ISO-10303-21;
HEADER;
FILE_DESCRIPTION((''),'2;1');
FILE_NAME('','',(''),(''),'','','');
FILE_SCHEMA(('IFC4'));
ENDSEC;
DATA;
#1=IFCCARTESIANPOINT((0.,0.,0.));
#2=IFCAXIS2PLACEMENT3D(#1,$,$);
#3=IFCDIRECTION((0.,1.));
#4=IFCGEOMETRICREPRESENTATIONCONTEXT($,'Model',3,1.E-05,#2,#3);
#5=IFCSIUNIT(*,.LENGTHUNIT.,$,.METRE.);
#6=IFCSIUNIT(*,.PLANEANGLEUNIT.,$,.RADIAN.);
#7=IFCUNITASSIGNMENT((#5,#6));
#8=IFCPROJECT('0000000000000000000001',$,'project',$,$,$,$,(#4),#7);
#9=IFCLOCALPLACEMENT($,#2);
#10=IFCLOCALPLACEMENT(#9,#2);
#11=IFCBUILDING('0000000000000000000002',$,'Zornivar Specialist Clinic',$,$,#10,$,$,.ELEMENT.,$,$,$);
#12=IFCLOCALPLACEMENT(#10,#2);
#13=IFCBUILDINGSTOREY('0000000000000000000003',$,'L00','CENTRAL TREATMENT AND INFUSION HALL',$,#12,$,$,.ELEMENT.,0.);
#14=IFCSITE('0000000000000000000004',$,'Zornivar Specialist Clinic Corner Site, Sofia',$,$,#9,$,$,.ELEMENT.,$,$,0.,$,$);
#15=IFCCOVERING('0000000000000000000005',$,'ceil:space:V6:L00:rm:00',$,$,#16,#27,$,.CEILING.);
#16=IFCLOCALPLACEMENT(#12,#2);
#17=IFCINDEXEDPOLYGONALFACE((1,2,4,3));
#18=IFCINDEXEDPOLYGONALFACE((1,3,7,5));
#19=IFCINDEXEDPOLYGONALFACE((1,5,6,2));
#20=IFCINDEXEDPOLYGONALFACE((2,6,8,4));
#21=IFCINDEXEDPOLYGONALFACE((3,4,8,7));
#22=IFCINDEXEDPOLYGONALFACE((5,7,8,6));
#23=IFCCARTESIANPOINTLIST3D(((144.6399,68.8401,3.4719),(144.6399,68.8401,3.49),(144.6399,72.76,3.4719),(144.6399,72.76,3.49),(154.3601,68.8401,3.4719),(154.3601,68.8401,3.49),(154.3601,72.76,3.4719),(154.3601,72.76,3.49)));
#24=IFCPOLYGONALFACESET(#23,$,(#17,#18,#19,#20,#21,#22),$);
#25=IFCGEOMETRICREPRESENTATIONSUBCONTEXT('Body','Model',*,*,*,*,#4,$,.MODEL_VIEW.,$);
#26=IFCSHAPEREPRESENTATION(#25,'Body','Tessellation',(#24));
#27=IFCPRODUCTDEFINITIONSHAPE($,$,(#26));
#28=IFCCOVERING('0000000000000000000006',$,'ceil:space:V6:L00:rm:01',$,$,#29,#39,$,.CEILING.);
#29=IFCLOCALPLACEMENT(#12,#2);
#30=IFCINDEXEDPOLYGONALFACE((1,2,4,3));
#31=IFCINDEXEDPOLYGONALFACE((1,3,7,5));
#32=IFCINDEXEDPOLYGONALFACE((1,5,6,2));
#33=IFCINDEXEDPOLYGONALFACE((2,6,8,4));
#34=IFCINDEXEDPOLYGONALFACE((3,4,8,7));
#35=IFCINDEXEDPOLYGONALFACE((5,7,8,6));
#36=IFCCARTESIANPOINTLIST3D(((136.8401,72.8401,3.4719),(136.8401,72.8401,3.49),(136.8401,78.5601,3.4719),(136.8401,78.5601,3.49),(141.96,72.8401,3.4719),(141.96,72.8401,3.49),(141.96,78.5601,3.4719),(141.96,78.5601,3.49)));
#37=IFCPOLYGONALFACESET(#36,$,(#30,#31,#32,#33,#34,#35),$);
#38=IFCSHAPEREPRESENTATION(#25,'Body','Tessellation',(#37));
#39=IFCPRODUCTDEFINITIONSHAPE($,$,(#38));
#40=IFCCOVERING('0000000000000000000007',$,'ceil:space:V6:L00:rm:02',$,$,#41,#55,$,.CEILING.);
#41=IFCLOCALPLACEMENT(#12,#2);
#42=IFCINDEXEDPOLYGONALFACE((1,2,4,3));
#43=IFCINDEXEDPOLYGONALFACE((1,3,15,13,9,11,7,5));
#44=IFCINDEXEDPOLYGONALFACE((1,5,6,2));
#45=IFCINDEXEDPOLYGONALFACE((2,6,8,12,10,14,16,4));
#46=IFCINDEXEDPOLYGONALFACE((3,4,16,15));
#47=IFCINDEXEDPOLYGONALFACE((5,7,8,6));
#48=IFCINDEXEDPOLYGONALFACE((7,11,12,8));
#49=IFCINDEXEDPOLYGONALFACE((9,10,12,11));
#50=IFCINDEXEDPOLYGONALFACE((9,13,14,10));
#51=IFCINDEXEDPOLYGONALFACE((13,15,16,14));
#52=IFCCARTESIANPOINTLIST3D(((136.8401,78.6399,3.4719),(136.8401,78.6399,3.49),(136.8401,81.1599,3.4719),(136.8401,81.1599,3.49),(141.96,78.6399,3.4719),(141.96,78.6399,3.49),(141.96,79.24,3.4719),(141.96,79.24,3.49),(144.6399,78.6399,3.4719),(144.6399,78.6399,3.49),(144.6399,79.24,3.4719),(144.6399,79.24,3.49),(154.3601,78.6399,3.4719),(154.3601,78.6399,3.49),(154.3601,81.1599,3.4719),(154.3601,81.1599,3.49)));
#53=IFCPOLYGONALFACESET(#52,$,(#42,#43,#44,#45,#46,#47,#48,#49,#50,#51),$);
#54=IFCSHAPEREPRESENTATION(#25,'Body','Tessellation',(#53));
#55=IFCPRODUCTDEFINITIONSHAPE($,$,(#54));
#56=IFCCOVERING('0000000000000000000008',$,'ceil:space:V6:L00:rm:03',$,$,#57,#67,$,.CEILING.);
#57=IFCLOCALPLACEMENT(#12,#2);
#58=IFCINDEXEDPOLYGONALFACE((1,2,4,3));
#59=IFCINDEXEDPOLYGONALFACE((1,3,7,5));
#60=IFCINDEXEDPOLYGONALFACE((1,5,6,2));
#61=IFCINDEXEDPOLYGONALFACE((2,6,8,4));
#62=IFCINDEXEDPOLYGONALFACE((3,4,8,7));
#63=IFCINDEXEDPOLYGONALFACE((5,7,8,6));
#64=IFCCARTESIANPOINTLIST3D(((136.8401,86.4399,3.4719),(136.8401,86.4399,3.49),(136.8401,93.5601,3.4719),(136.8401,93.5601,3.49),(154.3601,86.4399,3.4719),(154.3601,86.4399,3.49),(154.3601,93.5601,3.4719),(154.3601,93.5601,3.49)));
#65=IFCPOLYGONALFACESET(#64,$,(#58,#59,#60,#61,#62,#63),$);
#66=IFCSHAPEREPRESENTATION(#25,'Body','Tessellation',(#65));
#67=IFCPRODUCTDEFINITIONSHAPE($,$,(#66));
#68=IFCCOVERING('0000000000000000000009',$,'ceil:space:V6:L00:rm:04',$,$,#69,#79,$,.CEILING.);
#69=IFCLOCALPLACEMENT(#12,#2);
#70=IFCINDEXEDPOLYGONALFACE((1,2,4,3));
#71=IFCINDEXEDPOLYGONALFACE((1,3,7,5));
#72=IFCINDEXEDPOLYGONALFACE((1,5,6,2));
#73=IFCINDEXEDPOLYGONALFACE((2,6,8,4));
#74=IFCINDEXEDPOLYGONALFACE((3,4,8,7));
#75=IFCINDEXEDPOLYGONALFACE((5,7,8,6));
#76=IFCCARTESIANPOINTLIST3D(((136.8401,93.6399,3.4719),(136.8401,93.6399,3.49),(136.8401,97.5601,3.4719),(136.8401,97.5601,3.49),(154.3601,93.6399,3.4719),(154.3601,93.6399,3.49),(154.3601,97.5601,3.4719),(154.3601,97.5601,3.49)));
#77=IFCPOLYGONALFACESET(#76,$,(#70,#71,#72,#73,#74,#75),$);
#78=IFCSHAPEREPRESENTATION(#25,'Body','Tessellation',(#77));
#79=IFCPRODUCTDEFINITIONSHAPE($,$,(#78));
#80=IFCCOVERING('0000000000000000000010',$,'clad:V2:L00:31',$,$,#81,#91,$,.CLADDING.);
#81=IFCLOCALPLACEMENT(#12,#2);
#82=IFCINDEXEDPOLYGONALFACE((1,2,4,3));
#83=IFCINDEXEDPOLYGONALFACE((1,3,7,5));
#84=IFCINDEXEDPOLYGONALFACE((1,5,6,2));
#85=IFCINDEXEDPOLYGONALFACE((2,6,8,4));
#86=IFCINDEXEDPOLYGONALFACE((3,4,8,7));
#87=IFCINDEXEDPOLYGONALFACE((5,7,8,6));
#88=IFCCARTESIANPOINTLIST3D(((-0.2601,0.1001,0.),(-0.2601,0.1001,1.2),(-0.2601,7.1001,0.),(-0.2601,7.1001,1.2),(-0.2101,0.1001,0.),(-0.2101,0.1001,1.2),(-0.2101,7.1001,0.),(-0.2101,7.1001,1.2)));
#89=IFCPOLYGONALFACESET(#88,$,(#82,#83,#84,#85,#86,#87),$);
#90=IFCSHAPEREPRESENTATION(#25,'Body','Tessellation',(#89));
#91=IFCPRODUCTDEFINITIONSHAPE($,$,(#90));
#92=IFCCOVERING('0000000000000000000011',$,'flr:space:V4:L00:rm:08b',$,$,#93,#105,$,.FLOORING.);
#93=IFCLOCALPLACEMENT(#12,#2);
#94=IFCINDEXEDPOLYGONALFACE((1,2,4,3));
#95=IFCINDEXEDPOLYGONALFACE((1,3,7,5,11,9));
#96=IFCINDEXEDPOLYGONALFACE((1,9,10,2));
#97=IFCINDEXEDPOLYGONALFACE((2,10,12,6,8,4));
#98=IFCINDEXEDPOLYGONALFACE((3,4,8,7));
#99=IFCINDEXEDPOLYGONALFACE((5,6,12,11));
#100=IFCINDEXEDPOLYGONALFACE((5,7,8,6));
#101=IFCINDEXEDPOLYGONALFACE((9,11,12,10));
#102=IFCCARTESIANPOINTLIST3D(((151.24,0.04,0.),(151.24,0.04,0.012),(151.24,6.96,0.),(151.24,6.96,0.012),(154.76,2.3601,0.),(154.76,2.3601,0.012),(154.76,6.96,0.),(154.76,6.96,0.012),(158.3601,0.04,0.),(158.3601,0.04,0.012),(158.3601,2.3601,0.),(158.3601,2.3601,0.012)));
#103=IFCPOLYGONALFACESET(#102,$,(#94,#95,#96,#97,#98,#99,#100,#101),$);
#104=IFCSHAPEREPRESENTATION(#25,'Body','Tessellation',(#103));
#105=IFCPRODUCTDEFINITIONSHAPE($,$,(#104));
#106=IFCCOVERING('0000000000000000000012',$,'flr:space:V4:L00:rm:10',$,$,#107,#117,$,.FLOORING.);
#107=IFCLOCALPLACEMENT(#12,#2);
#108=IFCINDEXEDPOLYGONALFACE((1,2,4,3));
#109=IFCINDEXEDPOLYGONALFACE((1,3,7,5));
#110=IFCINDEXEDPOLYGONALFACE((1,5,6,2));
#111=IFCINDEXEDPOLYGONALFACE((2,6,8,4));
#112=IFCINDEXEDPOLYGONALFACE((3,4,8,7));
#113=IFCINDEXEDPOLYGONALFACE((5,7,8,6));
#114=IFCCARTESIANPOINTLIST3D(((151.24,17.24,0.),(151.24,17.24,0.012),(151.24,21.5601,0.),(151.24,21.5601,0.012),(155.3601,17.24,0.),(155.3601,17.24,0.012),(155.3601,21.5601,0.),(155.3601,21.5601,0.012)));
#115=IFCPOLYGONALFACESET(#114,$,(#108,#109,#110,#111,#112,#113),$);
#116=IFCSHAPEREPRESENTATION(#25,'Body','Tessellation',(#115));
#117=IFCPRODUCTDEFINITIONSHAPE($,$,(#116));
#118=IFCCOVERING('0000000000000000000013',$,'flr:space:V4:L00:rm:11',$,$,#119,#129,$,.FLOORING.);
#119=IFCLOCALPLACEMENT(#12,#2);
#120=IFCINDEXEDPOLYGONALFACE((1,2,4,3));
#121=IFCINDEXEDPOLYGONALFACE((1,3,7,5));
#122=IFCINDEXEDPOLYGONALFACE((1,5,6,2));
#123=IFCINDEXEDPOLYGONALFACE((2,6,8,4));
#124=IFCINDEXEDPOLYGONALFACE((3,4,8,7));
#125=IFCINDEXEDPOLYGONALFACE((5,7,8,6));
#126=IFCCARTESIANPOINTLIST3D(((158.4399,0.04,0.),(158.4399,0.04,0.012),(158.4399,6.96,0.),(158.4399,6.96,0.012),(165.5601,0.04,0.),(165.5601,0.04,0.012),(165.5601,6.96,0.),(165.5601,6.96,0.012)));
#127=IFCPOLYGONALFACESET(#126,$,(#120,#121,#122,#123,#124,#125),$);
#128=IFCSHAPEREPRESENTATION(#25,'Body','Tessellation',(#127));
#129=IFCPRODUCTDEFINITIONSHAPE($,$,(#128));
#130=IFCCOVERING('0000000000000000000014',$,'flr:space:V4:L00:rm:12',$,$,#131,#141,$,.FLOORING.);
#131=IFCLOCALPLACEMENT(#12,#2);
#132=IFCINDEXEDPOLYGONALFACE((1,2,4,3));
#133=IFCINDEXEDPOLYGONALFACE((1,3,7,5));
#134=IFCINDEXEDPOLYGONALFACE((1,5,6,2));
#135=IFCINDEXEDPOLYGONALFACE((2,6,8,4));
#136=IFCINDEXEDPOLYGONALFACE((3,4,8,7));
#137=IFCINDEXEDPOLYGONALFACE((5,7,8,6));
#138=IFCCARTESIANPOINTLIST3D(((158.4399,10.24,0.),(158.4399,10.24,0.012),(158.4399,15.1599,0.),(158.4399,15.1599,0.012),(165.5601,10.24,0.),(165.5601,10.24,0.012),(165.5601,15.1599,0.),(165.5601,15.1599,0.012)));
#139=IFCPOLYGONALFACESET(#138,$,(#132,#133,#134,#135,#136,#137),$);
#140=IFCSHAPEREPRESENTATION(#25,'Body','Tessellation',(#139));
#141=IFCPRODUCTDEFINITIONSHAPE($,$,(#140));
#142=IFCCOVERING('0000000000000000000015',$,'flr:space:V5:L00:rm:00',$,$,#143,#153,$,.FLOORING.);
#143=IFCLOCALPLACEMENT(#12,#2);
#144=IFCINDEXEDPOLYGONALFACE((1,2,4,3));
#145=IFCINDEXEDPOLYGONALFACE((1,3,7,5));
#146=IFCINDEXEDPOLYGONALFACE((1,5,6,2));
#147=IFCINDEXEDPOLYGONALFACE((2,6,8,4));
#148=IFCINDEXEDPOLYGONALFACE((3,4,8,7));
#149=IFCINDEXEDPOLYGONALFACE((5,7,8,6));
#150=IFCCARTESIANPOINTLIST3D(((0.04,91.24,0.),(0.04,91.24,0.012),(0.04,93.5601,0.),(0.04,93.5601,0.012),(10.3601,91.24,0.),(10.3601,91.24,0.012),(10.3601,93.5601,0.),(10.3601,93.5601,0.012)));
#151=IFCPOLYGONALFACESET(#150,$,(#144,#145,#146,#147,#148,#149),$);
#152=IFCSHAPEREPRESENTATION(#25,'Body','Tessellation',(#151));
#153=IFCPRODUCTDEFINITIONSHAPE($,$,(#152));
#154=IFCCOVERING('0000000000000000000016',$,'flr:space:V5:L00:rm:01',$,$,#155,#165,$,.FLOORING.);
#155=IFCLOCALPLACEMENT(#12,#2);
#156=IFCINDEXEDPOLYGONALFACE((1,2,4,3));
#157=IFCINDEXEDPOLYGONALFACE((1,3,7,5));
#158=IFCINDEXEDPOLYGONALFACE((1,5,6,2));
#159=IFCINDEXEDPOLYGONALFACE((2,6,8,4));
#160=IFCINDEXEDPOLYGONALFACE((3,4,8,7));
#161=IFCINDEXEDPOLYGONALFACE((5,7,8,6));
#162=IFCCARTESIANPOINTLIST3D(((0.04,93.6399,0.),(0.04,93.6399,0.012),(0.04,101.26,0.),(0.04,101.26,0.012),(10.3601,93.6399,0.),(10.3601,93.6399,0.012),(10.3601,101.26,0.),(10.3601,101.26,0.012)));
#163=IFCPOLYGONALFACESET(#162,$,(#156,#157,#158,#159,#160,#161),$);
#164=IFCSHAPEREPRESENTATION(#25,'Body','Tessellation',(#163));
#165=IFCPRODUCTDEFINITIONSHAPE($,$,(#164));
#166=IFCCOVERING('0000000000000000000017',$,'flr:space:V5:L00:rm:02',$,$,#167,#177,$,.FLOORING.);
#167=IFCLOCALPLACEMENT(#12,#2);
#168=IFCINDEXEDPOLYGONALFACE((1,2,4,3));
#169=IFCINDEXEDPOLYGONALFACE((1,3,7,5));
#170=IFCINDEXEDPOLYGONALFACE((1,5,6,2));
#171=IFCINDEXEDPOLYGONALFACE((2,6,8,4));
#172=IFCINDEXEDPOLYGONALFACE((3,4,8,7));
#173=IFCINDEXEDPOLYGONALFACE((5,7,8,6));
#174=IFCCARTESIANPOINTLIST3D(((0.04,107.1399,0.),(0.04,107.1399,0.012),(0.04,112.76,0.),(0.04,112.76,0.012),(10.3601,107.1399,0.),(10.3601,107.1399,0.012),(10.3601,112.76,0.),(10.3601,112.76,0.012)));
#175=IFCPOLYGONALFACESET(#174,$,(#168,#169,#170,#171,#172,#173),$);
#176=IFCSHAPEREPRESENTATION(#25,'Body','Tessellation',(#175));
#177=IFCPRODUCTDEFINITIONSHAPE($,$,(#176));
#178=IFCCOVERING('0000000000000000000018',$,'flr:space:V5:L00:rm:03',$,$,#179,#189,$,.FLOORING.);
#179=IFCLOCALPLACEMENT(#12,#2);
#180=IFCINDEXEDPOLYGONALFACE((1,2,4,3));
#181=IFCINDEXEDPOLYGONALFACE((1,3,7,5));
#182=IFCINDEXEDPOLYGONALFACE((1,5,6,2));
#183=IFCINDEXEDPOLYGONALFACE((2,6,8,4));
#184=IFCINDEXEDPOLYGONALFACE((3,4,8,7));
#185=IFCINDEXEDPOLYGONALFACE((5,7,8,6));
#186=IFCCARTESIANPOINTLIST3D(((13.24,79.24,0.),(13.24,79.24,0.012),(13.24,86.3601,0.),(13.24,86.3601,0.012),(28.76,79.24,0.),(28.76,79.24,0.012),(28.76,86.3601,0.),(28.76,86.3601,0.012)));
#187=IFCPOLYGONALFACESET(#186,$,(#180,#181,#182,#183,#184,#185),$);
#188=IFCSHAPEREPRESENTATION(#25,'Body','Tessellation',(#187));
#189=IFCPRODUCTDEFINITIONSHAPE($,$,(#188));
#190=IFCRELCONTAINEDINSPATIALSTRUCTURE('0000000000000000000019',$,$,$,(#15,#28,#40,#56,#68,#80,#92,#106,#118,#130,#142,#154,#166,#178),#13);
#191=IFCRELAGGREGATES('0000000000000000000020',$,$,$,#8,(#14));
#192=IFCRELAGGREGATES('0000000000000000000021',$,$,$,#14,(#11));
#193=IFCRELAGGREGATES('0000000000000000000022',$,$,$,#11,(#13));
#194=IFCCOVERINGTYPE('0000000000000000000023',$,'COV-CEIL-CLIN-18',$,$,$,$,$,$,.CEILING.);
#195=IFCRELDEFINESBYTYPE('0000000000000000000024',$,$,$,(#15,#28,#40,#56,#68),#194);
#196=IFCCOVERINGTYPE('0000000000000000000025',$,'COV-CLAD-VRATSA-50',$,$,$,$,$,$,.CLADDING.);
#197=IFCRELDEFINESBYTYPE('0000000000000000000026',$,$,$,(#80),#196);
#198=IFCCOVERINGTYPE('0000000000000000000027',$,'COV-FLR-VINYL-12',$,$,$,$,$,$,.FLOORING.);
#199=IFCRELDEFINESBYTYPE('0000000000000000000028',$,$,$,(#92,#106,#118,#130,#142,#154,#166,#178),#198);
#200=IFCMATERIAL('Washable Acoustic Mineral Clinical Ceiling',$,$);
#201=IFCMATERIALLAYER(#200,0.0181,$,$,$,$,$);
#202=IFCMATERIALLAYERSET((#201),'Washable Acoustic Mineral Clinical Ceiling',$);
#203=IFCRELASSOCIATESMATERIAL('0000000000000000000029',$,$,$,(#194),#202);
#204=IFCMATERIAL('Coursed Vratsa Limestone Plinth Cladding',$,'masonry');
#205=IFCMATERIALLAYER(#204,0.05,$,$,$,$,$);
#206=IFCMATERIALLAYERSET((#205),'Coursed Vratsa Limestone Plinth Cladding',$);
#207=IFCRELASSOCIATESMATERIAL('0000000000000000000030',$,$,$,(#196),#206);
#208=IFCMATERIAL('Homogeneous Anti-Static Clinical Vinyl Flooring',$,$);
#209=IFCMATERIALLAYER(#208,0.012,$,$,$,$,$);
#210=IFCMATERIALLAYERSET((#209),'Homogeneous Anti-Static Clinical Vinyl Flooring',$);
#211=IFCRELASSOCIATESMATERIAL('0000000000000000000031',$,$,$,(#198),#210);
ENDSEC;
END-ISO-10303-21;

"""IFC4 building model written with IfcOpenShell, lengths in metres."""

from ifc_helpers import new_model, si_unit, direction, frame, origin, origin_2d, place, context, subcontext, project, spatial, polyline, rectangle, outline, extrude, material, layer, layer_set, type_object, element, save


model = new_model("IFC4")

# Units and contexts
model_context = context("Model", 3, precision=1e-05, world=origin(), true_north=direction((0.0, 1.0)))
body_context = subcontext(model_context, "Body", "Model", "MODEL_VIEW")
ifc_project = project(units=[si_unit("LENGTHUNIT", "METRE"), si_unit("PLANEANGLEUNIT", "RADIAN")], contexts=[model_context])

# Site, building, storey
site_placement = place(None, origin())
site = spatial("IfcSite", under=ifc_project, at=site_placement, Name="Zornivar Specialist Clinic Corner Site, Sofia", CompositionType="ELEMENT", RefElevation=0.0)
building_placement = place(site_placement, origin())
building = spatial("IfcBuilding", under=site, at=building_placement, Name="Zornivar Specialist Clinic", CompositionType="ELEMENT")
storey_placement = place(building_placement, origin())
storey = spatial("IfcBuildingStorey", under=building, at=storey_placement, Name="L00", Description="CENTRAL TREATMENT AND INFUSION HALL", CompositionType="ELEMENT", Elevation=0.0)

# Coverings
ifc_material_1 = material(Name="Washable Acoustic Mineral Clinical Ceiling")
ifc_layer_1 = layer(ifc_material_1, 0.0181)
ifc_layer_set_1 = layer_set([ifc_layer_1], Name="Washable Acoustic Mineral Clinical Ceiling")
covering_type_1 = type_object("IfcCoveringType", Name="COV-CEIL-CLIN-18", PredefinedType="CEILING", material=ifc_layer_set_1)
covering_1_placement = place(storey_placement, frame((0.0, 0.0, 3.4719)))
element("IfcCovering", 1, at=covering_1_placement, inside=storey, type_object=covering_type_1, Name="ceil:space:V6:L00:rm:00", PredefinedType="CEILING", context=body_context, shape_type="SweptSolid", body=[
    extrude(outline(polyline([(144.6399, 68.8401), (144.6399, 72.76), (154.3601, 72.76), (154.3601, 68.8401), (144.6399, 68.8401)])), origin(), (0.0, 0.0, 1.0), 0.0181),
])
covering_2_placement = place(storey_placement, frame((0.0, 0.0, 3.4719)))
element("IfcCovering", 2, at=covering_2_placement, inside=storey, type_object=covering_type_1, Name="ceil:space:V6:L00:rm:01", PredefinedType="CEILING", context=body_context, shape_type="SweptSolid", body=[
    extrude(outline(polyline([(136.8401, 72.8401), (136.8401, 78.5601), (141.96, 78.5601), (141.96, 72.8401), (136.8401, 72.8401)])), origin(), (0.0, 0.0, 1.0), 0.0181),
])
covering_3_placement = place(storey_placement, frame((0.0, 0.0, 3.4719)))
element("IfcCovering", 3, at=covering_3_placement, inside=storey, type_object=covering_type_1, Name="ceil:space:V6:L00:rm:02", PredefinedType="CEILING", context=body_context, shape_type="SweptSolid", body=[
    extrude(outline(polyline([(154.3601, 78.6399), (144.6399, 78.6399), (144.6399, 79.24), (141.96, 79.24), (141.96, 78.6399), (136.8401, 78.6399), (136.8401, 81.1599), (154.3601, 81.1599), (154.3601, 78.6399)])), origin(), (0.0, 0.0, 1.0), 0.0181),
])
covering_4_placement = place(storey_placement, frame((0.0, 0.0, 3.4719)))
element("IfcCovering", 4, at=covering_4_placement, inside=storey, type_object=covering_type_1, Name="ceil:space:V6:L00:rm:03", PredefinedType="CEILING", context=body_context, shape_type="SweptSolid", body=[
    extrude(outline(polyline([(136.8401, 86.4399), (136.8401, 93.5601), (154.3601, 93.5601), (154.3601, 86.4399), (136.8401, 86.4399)])), origin(), (0.0, 0.0, 1.0), 0.0181),
])
covering_5_placement = place(storey_placement, frame((0.0, 0.0, 3.4719)))
element("IfcCovering", 5, at=covering_5_placement, inside=storey, type_object=covering_type_1, Name="ceil:space:V6:L00:rm:04", PredefinedType="CEILING", context=body_context, shape_type="SweptSolid", body=[
    extrude(outline(polyline([(136.8401, 93.6399), (136.8401, 97.5601), (154.3601, 97.5601), (154.3601, 93.6399), (136.8401, 93.6399)])), origin(), (0.0, 0.0, 1.0), 0.0181),
])
ifc_material_2 = material(Name="Coursed Vratsa Limestone Plinth Cladding", Category="masonry")
ifc_layer_2 = layer(ifc_material_2, 0.05)
ifc_layer_set_2 = layer_set([ifc_layer_2], Name="Coursed Vratsa Limestone Plinth Cladding")
covering_type_2 = type_object("IfcCoveringType", Name="COV-CLAD-VRATSA-50", PredefinedType="CLADDING", material=ifc_layer_set_2)
covering_6_placement = place(storey_placement, frame((-0.2351, 3.6001, 0.0), z_axis=(0.0, 0.0, 1.0), x_axis=(0.0, -1.0, 0.0)))
element("IfcCovering", 6, at=covering_6_placement, inside=storey, type_object=covering_type_2, Name="clad:V2:L00:31", PredefinedType="CLADDING", context=body_context, shape_type="SweptSolid", body=[
    extrude(rectangle(XDim=7.0, YDim=0.05, at=origin_2d()), origin(), (0.0, 0.0, 1.0), 1.2),
])
ifc_material_3 = material(Name="Homogeneous Anti-Static Clinical Vinyl Flooring")
ifc_layer_3 = layer(ifc_material_3, 0.012)
ifc_layer_set_3 = layer_set([ifc_layer_3], Name="Homogeneous Anti-Static Clinical Vinyl Flooring")
covering_type_3 = type_object("IfcCoveringType", Name="COV-FLR-VINYL-12", PredefinedType="FLOORING", material=ifc_layer_set_3)
covering_7_placement = place(storey_placement, origin())
element("IfcCovering", 7, at=covering_7_placement, inside=storey, type_object=covering_type_3, Name="flr:space:V4:L00:rm:08b", PredefinedType="FLOORING", context=body_context, shape_type="SweptSolid", body=[
    extrude(outline(polyline([(154.76, 6.96), (154.76, 2.3601), (158.3601, 2.3601), (158.3601, 0.04), (151.24, 0.04), (151.24, 6.96), (154.76, 6.96)])), origin(), (0.0, 0.0, 1.0), 0.012),
])
covering_8_placement = place(storey_placement, origin())
element("IfcCovering", 8, at=covering_8_placement, inside=storey, type_object=covering_type_3, Name="flr:space:V4:L00:rm:10", PredefinedType="FLOORING", context=body_context, shape_type="SweptSolid", body=[
    extrude(outline(polyline([(155.3601, 21.5601), (155.3601, 17.24), (151.24, 17.24), (151.24, 21.5601), (155.3601, 21.5601)])), origin(), (0.0, 0.0, 1.0), 0.012),
])
covering_9_placement = place(storey_placement, origin())
element("IfcCovering", 9, at=covering_9_placement, inside=storey, type_object=covering_type_3, Name="flr:space:V4:L00:rm:11", PredefinedType="FLOORING", context=body_context, shape_type="SweptSolid", body=[
    extrude(outline(polyline([(158.4399, 6.96), (165.5601, 6.96), (165.5601, 0.04), (158.4399, 0.04), (158.4399, 6.96)])), origin(), (0.0, 0.0, 1.0), 0.012),
])
covering_10_placement = place(storey_placement, origin())
element("IfcCovering", 10, at=covering_10_placement, inside=storey, type_object=covering_type_3, Name="flr:space:V4:L00:rm:12", PredefinedType="FLOORING", context=body_context, shape_type="SweptSolid", body=[
    extrude(outline(polyline([(158.4399, 10.24), (158.4399, 15.1599), (165.5601, 15.1599), (165.5601, 10.24), (158.4399, 10.24)])), origin(), (0.0, 0.0, 1.0), 0.012),
])
covering_11_placement = place(storey_placement, origin())
element("IfcCovering", 11, at=covering_11_placement, inside=storey, type_object=covering_type_3, Name="flr:space:V5:L00:rm:00", PredefinedType="FLOORING", context=body_context, shape_type="SweptSolid", body=[
    extrude(outline(polyline([(0.04, 91.24), (0.04, 93.5601), (10.3601, 93.5601), (10.3601, 91.24), (0.04, 91.24)])), origin(), (0.0, 0.0, 1.0), 0.012),
])
covering_12_placement = place(storey_placement, origin())
element("IfcCovering", 12, at=covering_12_placement, inside=storey, type_object=covering_type_3, Name="flr:space:V5:L00:rm:01", PredefinedType="FLOORING", context=body_context, shape_type="SweptSolid", body=[
    extrude(outline(polyline([(0.04, 93.6399), (0.04, 101.26), (10.3601, 101.26), (10.3601, 93.6399), (0.04, 93.6399)])), origin(), (0.0, 0.0, 1.0), 0.012),
])
covering_13_placement = place(storey_placement, origin())
element("IfcCovering", 13, at=covering_13_placement, inside=storey, type_object=covering_type_3, Name="flr:space:V5:L00:rm:02", PredefinedType="FLOORING", context=body_context, shape_type="SweptSolid", body=[
    extrude(outline(polyline([(10.3601, 112.76), (10.3601, 107.1399), (0.04, 107.1399), (0.04, 112.76), (10.3601, 112.76)])), origin(), (0.0, 0.0, 1.0), 0.012),
])
covering_14_placement = place(storey_placement, origin())
element("IfcCovering", 14, at=covering_14_placement, inside=storey, type_object=covering_type_3, Name="flr:space:V5:L00:rm:03", PredefinedType="FLOORING", context=body_context, shape_type="SweptSolid", body=[
    extrude(outline(polyline([(13.24, 79.24), (13.24, 86.3601), (28.76, 86.3601), (28.76, 79.24), (13.24, 79.24)])), origin(), (0.0, 0.0, 1.0), 0.012),
])

save(model, "model.ifc")
